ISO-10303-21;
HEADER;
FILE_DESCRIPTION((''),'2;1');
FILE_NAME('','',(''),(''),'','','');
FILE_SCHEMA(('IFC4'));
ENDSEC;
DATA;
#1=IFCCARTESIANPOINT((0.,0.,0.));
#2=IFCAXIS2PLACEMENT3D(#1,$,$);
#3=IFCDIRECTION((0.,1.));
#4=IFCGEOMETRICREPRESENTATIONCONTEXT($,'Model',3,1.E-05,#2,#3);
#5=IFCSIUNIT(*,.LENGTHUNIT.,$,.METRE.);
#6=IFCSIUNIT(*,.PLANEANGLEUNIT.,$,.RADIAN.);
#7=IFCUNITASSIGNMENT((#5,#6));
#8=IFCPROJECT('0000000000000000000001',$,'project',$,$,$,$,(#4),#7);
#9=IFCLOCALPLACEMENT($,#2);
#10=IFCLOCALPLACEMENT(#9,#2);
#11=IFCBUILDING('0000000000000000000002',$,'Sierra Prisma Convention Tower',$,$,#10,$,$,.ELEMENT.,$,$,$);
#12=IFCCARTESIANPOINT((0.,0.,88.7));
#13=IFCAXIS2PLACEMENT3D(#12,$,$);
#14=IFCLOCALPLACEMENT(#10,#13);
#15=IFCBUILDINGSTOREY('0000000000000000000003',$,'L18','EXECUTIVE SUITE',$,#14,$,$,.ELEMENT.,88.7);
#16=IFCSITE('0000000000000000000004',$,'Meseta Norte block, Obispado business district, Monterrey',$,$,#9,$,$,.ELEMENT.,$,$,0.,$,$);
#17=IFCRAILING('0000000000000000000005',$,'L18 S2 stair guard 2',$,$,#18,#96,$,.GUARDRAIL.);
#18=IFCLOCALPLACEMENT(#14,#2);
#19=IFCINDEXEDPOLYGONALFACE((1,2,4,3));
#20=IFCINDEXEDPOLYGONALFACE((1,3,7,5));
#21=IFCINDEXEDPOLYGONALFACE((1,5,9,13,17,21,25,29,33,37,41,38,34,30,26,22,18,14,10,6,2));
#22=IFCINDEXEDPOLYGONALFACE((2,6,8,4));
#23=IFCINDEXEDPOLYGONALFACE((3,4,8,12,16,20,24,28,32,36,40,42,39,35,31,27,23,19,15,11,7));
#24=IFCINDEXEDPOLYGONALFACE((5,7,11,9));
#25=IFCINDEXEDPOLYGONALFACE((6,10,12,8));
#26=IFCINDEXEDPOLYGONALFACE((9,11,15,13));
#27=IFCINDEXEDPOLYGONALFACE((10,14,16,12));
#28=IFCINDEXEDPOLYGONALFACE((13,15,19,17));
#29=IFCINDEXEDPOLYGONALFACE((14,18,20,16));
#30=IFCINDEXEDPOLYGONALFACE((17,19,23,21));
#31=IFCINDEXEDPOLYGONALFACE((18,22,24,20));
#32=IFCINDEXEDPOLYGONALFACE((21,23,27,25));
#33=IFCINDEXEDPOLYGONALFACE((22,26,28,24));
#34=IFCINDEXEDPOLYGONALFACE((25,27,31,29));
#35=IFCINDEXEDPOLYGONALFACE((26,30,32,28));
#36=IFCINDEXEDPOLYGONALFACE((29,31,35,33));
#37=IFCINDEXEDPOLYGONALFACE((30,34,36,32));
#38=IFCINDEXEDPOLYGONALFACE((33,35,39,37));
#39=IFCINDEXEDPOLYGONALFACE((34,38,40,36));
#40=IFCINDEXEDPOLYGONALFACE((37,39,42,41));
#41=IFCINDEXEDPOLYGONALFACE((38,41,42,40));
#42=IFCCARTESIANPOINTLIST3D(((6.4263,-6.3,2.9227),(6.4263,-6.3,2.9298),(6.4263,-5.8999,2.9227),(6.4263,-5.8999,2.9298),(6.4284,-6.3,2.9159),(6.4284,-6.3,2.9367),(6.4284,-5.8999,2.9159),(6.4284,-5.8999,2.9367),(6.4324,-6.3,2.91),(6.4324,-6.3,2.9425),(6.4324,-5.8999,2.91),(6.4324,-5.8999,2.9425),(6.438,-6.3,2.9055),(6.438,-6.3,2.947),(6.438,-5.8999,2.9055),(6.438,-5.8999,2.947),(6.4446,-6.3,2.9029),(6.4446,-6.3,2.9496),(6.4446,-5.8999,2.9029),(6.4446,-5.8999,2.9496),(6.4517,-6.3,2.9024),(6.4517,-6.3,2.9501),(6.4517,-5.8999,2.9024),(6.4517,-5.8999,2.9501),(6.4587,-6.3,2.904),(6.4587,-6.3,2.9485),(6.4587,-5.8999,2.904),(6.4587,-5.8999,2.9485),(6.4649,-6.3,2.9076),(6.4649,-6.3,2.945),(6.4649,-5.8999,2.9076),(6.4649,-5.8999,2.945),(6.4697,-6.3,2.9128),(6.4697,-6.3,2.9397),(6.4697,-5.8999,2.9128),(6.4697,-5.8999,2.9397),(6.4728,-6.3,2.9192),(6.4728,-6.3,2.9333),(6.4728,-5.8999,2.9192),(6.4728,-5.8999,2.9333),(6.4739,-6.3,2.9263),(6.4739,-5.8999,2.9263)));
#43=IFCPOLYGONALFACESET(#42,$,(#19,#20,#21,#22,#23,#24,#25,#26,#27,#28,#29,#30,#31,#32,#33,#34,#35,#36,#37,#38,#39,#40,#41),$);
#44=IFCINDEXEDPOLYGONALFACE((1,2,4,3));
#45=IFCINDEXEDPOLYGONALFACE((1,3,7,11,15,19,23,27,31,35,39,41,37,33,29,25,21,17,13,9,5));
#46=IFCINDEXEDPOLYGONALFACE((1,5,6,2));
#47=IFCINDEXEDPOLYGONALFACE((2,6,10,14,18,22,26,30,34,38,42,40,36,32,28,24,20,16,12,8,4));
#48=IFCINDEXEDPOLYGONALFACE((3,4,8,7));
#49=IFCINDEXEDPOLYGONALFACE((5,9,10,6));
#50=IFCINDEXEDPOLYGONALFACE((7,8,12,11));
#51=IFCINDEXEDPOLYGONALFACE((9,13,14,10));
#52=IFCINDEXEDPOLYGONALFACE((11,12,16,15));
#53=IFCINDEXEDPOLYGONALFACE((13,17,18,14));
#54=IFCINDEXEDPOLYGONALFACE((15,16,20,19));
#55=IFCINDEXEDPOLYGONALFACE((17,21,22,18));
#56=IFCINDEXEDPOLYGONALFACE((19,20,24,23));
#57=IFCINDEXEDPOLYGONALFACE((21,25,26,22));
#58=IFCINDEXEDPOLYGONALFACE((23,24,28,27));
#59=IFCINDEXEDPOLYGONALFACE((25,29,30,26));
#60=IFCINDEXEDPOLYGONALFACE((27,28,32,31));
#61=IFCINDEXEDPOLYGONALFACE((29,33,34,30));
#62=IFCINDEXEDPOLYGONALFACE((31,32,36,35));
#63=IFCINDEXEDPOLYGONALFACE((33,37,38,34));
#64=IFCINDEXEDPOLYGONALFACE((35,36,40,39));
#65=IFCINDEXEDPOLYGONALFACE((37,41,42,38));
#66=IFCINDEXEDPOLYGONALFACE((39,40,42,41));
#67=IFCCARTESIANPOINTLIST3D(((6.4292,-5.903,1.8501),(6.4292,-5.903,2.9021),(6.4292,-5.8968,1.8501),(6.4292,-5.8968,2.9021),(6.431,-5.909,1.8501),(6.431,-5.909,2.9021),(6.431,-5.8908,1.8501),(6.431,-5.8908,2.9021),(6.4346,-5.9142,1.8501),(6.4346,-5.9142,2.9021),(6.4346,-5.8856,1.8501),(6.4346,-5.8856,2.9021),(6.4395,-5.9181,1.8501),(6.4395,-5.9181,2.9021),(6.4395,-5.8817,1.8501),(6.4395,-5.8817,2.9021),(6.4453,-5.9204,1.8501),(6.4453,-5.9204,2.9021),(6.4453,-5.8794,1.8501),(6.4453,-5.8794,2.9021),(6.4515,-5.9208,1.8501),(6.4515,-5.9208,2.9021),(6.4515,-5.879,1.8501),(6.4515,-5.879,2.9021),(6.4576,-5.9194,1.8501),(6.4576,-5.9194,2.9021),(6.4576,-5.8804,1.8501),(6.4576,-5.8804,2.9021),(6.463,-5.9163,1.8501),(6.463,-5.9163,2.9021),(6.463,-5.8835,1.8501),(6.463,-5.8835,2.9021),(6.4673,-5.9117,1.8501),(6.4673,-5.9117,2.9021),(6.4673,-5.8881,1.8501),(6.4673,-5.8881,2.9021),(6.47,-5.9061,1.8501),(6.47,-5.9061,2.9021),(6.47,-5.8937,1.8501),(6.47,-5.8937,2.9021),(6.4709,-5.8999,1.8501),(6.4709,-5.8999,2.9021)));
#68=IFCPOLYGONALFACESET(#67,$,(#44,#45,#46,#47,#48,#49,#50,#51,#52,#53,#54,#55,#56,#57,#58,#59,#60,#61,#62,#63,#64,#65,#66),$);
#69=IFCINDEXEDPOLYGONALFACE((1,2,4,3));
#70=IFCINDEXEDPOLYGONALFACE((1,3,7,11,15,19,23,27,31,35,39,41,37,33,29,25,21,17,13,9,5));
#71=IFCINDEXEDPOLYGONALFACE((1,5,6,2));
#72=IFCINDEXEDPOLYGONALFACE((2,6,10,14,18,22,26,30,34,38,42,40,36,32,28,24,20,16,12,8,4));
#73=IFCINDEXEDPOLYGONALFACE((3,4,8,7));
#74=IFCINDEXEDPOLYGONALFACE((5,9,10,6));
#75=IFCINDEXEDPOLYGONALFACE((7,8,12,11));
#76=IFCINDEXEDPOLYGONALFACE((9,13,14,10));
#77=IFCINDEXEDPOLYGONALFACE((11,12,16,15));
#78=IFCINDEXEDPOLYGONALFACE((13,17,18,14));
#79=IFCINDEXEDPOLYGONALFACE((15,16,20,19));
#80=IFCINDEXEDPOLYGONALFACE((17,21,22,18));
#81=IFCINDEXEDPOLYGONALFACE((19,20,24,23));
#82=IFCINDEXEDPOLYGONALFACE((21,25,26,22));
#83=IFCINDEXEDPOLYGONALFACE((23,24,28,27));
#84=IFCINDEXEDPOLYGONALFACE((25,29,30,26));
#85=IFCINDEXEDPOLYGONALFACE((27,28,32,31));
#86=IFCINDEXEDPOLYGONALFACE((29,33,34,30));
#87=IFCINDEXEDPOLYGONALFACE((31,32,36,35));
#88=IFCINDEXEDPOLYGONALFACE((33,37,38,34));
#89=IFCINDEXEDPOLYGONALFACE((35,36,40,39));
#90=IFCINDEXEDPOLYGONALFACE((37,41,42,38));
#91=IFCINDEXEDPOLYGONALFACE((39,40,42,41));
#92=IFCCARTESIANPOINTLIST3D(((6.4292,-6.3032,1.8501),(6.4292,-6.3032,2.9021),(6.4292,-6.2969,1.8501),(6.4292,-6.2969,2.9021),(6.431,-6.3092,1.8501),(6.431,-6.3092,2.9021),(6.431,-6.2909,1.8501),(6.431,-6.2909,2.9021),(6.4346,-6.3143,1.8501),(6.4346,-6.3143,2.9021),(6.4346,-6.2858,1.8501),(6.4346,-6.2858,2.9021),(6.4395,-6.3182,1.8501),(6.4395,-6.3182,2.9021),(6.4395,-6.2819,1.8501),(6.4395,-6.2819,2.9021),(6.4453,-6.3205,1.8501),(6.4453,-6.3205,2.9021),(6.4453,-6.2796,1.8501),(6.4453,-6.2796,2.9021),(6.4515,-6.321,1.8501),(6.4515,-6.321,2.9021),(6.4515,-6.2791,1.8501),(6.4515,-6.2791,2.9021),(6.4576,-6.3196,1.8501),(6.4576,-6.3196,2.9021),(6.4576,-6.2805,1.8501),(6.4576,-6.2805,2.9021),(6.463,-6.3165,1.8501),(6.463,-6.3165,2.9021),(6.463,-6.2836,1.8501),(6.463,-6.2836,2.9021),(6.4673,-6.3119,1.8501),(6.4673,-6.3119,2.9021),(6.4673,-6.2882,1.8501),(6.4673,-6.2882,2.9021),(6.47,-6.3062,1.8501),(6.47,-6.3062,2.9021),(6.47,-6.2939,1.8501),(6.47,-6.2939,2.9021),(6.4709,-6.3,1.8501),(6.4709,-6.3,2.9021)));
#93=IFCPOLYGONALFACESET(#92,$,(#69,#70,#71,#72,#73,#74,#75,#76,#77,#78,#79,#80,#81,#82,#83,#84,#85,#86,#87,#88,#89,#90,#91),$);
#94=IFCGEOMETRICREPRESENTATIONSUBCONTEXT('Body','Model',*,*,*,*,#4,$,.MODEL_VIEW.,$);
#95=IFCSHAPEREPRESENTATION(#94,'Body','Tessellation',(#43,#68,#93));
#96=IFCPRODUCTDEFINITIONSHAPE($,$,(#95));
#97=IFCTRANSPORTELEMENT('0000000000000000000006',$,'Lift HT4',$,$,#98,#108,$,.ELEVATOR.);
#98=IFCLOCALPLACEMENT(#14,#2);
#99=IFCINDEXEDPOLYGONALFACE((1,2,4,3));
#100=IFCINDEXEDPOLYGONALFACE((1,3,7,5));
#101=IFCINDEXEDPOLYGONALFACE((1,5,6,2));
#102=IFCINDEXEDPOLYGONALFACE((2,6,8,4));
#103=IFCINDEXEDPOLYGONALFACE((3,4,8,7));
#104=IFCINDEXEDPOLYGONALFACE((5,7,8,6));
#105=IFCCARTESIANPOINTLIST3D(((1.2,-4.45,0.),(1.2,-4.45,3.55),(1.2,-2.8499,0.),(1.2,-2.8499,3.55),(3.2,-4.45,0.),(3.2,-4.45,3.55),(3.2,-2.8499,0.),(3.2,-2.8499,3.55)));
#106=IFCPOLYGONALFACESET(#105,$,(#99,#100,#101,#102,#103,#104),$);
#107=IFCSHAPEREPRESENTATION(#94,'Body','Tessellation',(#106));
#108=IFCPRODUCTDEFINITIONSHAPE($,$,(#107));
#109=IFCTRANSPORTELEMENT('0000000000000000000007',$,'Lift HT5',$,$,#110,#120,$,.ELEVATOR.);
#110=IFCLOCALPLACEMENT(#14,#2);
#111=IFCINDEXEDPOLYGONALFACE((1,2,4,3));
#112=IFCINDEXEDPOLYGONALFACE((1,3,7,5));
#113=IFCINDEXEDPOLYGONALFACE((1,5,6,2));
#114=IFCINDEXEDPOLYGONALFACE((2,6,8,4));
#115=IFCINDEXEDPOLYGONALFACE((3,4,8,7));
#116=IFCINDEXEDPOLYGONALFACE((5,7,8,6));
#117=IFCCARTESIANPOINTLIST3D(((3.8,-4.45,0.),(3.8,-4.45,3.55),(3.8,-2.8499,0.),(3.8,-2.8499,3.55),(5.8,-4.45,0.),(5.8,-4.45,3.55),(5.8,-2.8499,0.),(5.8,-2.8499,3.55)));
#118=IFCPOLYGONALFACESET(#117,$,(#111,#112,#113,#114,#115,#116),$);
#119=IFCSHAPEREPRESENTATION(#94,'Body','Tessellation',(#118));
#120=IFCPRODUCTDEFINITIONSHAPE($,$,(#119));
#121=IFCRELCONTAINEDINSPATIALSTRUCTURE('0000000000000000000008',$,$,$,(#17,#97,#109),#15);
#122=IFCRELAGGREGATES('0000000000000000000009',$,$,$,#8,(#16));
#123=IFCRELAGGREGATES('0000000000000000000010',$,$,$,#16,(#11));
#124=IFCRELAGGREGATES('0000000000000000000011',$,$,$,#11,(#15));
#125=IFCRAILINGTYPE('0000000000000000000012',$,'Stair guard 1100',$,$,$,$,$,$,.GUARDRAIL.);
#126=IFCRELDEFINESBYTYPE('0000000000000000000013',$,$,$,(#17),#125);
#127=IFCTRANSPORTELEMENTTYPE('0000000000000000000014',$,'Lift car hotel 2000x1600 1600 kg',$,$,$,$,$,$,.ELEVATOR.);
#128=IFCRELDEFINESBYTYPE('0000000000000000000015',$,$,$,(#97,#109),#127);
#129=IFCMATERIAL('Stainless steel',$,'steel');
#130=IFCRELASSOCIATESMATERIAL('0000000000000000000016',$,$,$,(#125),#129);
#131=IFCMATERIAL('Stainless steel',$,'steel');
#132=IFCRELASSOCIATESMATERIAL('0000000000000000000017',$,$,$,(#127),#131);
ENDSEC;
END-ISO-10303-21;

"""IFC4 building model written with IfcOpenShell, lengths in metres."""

from ifc_helpers import new_model, si_unit, direction, frame, origin, origin_2d, place, context, subcontext, project, spatial, rectangle, circle, extrude, material, type_object, element, save


model = new_model("IFC4")

# Units and contexts
model_context = context("Model", 3, precision=1e-05, world=origin(), true_north=direction((0.0, 1.0)))
body_context = subcontext(model_context, "Body", "Model", "MODEL_VIEW")
ifc_project = project(units=[si_unit("LENGTHUNIT", "METRE"), si_unit("PLANEANGLEUNIT", "RADIAN")], contexts=[model_context])

# Site, building, storey
site_placement = place(None, origin())
site = spatial("IfcSite", under=ifc_project, at=site_placement, Name="Meseta Norte block, Obispado business district, Monterrey", CompositionType="ELEMENT", RefElevation=0.0)
building_placement = place(site_placement, origin())
building = spatial("IfcBuilding", under=site, at=building_placement, Name="Sierra Prisma Convention Tower", CompositionType="ELEMENT")
storey_placement = place(building_placement, frame((0.0, 0.0, 88.7)))
storey = spatial("IfcBuildingStorey", under=building, at=storey_placement, Name="L18", Description="EXECUTIVE SUITE", CompositionType="ELEMENT", Elevation=88.7)

# Railing
ifc_material_1 = material(Name="Stainless steel", Category="steel")
railing_type_1 = type_object("IfcRailingType", Name="Stair guard 1100", PredefinedType="GUARDRAIL", material=ifc_material_1)
railing_1_placement = place(storey_placement, frame((6.45, -5.8999, 1.8501)))
element("IfcRailing", 1, at=railing_1_placement, inside=storey, type_object=railing_type_1, Name="L18 S2 stair guard 2", PredefinedType="GUARDRAIL", context=body_context, shape_type="SweptSolid", body=[
    extrude(circle(Radius=0.0239, at=origin_2d()), frame((0.0, 0.0, 1.0762), z_axis=(0.0, -1.0, 0.0), x_axis=(1.0, 0.0, 0.0)), (0.0, 0.0, 1.0), 0.4001),
    extrude(circle(Radius=0.021, at=origin_2d()), origin(), (0.0, 0.0, 1.0), 1.052),
    extrude(circle(Radius=0.021, at=origin_2d()), frame((0.0, -0.4001, 0.0)), (0.0, 0.0, 1.0), 1.052),
])

# Transport elements
ifc_material_2 = material(Name="Stainless steel", Category="steel")
transport_element_type = type_object("IfcTransportElementType", Name="Lift car hotel 2000x1600 1600 kg", PredefinedType="ELEVATOR", material=ifc_material_2)
for number, where, z_axis, x_axis, name in (
    (2, (2.2, -3.6499, 0.0), (0.0, 0.0, 1.0), (1.0, 0.0, 0.0), "Lift HT4"),
    (3, (4.8, -3.6499, 0.0), (0.0, 0.0, 1.0), (1.0, 0.0, 0.0), "Lift HT5"),
):
    element("IfcTransportElement", number, at=place(storey_placement, frame(where, z_axis=z_axis, x_axis=x_axis)), inside=storey, type_object=transport_element_type, Name=name, PredefinedType="ELEVATOR", context=body_context, shape_type="SweptSolid", body=[
        extrude(rectangle(XDim=2.0, YDim=1.6001, at=origin_2d()), origin(), (0.0, 0.0, 1.0), 3.55),
    ])

save(model, "model.ifc")
